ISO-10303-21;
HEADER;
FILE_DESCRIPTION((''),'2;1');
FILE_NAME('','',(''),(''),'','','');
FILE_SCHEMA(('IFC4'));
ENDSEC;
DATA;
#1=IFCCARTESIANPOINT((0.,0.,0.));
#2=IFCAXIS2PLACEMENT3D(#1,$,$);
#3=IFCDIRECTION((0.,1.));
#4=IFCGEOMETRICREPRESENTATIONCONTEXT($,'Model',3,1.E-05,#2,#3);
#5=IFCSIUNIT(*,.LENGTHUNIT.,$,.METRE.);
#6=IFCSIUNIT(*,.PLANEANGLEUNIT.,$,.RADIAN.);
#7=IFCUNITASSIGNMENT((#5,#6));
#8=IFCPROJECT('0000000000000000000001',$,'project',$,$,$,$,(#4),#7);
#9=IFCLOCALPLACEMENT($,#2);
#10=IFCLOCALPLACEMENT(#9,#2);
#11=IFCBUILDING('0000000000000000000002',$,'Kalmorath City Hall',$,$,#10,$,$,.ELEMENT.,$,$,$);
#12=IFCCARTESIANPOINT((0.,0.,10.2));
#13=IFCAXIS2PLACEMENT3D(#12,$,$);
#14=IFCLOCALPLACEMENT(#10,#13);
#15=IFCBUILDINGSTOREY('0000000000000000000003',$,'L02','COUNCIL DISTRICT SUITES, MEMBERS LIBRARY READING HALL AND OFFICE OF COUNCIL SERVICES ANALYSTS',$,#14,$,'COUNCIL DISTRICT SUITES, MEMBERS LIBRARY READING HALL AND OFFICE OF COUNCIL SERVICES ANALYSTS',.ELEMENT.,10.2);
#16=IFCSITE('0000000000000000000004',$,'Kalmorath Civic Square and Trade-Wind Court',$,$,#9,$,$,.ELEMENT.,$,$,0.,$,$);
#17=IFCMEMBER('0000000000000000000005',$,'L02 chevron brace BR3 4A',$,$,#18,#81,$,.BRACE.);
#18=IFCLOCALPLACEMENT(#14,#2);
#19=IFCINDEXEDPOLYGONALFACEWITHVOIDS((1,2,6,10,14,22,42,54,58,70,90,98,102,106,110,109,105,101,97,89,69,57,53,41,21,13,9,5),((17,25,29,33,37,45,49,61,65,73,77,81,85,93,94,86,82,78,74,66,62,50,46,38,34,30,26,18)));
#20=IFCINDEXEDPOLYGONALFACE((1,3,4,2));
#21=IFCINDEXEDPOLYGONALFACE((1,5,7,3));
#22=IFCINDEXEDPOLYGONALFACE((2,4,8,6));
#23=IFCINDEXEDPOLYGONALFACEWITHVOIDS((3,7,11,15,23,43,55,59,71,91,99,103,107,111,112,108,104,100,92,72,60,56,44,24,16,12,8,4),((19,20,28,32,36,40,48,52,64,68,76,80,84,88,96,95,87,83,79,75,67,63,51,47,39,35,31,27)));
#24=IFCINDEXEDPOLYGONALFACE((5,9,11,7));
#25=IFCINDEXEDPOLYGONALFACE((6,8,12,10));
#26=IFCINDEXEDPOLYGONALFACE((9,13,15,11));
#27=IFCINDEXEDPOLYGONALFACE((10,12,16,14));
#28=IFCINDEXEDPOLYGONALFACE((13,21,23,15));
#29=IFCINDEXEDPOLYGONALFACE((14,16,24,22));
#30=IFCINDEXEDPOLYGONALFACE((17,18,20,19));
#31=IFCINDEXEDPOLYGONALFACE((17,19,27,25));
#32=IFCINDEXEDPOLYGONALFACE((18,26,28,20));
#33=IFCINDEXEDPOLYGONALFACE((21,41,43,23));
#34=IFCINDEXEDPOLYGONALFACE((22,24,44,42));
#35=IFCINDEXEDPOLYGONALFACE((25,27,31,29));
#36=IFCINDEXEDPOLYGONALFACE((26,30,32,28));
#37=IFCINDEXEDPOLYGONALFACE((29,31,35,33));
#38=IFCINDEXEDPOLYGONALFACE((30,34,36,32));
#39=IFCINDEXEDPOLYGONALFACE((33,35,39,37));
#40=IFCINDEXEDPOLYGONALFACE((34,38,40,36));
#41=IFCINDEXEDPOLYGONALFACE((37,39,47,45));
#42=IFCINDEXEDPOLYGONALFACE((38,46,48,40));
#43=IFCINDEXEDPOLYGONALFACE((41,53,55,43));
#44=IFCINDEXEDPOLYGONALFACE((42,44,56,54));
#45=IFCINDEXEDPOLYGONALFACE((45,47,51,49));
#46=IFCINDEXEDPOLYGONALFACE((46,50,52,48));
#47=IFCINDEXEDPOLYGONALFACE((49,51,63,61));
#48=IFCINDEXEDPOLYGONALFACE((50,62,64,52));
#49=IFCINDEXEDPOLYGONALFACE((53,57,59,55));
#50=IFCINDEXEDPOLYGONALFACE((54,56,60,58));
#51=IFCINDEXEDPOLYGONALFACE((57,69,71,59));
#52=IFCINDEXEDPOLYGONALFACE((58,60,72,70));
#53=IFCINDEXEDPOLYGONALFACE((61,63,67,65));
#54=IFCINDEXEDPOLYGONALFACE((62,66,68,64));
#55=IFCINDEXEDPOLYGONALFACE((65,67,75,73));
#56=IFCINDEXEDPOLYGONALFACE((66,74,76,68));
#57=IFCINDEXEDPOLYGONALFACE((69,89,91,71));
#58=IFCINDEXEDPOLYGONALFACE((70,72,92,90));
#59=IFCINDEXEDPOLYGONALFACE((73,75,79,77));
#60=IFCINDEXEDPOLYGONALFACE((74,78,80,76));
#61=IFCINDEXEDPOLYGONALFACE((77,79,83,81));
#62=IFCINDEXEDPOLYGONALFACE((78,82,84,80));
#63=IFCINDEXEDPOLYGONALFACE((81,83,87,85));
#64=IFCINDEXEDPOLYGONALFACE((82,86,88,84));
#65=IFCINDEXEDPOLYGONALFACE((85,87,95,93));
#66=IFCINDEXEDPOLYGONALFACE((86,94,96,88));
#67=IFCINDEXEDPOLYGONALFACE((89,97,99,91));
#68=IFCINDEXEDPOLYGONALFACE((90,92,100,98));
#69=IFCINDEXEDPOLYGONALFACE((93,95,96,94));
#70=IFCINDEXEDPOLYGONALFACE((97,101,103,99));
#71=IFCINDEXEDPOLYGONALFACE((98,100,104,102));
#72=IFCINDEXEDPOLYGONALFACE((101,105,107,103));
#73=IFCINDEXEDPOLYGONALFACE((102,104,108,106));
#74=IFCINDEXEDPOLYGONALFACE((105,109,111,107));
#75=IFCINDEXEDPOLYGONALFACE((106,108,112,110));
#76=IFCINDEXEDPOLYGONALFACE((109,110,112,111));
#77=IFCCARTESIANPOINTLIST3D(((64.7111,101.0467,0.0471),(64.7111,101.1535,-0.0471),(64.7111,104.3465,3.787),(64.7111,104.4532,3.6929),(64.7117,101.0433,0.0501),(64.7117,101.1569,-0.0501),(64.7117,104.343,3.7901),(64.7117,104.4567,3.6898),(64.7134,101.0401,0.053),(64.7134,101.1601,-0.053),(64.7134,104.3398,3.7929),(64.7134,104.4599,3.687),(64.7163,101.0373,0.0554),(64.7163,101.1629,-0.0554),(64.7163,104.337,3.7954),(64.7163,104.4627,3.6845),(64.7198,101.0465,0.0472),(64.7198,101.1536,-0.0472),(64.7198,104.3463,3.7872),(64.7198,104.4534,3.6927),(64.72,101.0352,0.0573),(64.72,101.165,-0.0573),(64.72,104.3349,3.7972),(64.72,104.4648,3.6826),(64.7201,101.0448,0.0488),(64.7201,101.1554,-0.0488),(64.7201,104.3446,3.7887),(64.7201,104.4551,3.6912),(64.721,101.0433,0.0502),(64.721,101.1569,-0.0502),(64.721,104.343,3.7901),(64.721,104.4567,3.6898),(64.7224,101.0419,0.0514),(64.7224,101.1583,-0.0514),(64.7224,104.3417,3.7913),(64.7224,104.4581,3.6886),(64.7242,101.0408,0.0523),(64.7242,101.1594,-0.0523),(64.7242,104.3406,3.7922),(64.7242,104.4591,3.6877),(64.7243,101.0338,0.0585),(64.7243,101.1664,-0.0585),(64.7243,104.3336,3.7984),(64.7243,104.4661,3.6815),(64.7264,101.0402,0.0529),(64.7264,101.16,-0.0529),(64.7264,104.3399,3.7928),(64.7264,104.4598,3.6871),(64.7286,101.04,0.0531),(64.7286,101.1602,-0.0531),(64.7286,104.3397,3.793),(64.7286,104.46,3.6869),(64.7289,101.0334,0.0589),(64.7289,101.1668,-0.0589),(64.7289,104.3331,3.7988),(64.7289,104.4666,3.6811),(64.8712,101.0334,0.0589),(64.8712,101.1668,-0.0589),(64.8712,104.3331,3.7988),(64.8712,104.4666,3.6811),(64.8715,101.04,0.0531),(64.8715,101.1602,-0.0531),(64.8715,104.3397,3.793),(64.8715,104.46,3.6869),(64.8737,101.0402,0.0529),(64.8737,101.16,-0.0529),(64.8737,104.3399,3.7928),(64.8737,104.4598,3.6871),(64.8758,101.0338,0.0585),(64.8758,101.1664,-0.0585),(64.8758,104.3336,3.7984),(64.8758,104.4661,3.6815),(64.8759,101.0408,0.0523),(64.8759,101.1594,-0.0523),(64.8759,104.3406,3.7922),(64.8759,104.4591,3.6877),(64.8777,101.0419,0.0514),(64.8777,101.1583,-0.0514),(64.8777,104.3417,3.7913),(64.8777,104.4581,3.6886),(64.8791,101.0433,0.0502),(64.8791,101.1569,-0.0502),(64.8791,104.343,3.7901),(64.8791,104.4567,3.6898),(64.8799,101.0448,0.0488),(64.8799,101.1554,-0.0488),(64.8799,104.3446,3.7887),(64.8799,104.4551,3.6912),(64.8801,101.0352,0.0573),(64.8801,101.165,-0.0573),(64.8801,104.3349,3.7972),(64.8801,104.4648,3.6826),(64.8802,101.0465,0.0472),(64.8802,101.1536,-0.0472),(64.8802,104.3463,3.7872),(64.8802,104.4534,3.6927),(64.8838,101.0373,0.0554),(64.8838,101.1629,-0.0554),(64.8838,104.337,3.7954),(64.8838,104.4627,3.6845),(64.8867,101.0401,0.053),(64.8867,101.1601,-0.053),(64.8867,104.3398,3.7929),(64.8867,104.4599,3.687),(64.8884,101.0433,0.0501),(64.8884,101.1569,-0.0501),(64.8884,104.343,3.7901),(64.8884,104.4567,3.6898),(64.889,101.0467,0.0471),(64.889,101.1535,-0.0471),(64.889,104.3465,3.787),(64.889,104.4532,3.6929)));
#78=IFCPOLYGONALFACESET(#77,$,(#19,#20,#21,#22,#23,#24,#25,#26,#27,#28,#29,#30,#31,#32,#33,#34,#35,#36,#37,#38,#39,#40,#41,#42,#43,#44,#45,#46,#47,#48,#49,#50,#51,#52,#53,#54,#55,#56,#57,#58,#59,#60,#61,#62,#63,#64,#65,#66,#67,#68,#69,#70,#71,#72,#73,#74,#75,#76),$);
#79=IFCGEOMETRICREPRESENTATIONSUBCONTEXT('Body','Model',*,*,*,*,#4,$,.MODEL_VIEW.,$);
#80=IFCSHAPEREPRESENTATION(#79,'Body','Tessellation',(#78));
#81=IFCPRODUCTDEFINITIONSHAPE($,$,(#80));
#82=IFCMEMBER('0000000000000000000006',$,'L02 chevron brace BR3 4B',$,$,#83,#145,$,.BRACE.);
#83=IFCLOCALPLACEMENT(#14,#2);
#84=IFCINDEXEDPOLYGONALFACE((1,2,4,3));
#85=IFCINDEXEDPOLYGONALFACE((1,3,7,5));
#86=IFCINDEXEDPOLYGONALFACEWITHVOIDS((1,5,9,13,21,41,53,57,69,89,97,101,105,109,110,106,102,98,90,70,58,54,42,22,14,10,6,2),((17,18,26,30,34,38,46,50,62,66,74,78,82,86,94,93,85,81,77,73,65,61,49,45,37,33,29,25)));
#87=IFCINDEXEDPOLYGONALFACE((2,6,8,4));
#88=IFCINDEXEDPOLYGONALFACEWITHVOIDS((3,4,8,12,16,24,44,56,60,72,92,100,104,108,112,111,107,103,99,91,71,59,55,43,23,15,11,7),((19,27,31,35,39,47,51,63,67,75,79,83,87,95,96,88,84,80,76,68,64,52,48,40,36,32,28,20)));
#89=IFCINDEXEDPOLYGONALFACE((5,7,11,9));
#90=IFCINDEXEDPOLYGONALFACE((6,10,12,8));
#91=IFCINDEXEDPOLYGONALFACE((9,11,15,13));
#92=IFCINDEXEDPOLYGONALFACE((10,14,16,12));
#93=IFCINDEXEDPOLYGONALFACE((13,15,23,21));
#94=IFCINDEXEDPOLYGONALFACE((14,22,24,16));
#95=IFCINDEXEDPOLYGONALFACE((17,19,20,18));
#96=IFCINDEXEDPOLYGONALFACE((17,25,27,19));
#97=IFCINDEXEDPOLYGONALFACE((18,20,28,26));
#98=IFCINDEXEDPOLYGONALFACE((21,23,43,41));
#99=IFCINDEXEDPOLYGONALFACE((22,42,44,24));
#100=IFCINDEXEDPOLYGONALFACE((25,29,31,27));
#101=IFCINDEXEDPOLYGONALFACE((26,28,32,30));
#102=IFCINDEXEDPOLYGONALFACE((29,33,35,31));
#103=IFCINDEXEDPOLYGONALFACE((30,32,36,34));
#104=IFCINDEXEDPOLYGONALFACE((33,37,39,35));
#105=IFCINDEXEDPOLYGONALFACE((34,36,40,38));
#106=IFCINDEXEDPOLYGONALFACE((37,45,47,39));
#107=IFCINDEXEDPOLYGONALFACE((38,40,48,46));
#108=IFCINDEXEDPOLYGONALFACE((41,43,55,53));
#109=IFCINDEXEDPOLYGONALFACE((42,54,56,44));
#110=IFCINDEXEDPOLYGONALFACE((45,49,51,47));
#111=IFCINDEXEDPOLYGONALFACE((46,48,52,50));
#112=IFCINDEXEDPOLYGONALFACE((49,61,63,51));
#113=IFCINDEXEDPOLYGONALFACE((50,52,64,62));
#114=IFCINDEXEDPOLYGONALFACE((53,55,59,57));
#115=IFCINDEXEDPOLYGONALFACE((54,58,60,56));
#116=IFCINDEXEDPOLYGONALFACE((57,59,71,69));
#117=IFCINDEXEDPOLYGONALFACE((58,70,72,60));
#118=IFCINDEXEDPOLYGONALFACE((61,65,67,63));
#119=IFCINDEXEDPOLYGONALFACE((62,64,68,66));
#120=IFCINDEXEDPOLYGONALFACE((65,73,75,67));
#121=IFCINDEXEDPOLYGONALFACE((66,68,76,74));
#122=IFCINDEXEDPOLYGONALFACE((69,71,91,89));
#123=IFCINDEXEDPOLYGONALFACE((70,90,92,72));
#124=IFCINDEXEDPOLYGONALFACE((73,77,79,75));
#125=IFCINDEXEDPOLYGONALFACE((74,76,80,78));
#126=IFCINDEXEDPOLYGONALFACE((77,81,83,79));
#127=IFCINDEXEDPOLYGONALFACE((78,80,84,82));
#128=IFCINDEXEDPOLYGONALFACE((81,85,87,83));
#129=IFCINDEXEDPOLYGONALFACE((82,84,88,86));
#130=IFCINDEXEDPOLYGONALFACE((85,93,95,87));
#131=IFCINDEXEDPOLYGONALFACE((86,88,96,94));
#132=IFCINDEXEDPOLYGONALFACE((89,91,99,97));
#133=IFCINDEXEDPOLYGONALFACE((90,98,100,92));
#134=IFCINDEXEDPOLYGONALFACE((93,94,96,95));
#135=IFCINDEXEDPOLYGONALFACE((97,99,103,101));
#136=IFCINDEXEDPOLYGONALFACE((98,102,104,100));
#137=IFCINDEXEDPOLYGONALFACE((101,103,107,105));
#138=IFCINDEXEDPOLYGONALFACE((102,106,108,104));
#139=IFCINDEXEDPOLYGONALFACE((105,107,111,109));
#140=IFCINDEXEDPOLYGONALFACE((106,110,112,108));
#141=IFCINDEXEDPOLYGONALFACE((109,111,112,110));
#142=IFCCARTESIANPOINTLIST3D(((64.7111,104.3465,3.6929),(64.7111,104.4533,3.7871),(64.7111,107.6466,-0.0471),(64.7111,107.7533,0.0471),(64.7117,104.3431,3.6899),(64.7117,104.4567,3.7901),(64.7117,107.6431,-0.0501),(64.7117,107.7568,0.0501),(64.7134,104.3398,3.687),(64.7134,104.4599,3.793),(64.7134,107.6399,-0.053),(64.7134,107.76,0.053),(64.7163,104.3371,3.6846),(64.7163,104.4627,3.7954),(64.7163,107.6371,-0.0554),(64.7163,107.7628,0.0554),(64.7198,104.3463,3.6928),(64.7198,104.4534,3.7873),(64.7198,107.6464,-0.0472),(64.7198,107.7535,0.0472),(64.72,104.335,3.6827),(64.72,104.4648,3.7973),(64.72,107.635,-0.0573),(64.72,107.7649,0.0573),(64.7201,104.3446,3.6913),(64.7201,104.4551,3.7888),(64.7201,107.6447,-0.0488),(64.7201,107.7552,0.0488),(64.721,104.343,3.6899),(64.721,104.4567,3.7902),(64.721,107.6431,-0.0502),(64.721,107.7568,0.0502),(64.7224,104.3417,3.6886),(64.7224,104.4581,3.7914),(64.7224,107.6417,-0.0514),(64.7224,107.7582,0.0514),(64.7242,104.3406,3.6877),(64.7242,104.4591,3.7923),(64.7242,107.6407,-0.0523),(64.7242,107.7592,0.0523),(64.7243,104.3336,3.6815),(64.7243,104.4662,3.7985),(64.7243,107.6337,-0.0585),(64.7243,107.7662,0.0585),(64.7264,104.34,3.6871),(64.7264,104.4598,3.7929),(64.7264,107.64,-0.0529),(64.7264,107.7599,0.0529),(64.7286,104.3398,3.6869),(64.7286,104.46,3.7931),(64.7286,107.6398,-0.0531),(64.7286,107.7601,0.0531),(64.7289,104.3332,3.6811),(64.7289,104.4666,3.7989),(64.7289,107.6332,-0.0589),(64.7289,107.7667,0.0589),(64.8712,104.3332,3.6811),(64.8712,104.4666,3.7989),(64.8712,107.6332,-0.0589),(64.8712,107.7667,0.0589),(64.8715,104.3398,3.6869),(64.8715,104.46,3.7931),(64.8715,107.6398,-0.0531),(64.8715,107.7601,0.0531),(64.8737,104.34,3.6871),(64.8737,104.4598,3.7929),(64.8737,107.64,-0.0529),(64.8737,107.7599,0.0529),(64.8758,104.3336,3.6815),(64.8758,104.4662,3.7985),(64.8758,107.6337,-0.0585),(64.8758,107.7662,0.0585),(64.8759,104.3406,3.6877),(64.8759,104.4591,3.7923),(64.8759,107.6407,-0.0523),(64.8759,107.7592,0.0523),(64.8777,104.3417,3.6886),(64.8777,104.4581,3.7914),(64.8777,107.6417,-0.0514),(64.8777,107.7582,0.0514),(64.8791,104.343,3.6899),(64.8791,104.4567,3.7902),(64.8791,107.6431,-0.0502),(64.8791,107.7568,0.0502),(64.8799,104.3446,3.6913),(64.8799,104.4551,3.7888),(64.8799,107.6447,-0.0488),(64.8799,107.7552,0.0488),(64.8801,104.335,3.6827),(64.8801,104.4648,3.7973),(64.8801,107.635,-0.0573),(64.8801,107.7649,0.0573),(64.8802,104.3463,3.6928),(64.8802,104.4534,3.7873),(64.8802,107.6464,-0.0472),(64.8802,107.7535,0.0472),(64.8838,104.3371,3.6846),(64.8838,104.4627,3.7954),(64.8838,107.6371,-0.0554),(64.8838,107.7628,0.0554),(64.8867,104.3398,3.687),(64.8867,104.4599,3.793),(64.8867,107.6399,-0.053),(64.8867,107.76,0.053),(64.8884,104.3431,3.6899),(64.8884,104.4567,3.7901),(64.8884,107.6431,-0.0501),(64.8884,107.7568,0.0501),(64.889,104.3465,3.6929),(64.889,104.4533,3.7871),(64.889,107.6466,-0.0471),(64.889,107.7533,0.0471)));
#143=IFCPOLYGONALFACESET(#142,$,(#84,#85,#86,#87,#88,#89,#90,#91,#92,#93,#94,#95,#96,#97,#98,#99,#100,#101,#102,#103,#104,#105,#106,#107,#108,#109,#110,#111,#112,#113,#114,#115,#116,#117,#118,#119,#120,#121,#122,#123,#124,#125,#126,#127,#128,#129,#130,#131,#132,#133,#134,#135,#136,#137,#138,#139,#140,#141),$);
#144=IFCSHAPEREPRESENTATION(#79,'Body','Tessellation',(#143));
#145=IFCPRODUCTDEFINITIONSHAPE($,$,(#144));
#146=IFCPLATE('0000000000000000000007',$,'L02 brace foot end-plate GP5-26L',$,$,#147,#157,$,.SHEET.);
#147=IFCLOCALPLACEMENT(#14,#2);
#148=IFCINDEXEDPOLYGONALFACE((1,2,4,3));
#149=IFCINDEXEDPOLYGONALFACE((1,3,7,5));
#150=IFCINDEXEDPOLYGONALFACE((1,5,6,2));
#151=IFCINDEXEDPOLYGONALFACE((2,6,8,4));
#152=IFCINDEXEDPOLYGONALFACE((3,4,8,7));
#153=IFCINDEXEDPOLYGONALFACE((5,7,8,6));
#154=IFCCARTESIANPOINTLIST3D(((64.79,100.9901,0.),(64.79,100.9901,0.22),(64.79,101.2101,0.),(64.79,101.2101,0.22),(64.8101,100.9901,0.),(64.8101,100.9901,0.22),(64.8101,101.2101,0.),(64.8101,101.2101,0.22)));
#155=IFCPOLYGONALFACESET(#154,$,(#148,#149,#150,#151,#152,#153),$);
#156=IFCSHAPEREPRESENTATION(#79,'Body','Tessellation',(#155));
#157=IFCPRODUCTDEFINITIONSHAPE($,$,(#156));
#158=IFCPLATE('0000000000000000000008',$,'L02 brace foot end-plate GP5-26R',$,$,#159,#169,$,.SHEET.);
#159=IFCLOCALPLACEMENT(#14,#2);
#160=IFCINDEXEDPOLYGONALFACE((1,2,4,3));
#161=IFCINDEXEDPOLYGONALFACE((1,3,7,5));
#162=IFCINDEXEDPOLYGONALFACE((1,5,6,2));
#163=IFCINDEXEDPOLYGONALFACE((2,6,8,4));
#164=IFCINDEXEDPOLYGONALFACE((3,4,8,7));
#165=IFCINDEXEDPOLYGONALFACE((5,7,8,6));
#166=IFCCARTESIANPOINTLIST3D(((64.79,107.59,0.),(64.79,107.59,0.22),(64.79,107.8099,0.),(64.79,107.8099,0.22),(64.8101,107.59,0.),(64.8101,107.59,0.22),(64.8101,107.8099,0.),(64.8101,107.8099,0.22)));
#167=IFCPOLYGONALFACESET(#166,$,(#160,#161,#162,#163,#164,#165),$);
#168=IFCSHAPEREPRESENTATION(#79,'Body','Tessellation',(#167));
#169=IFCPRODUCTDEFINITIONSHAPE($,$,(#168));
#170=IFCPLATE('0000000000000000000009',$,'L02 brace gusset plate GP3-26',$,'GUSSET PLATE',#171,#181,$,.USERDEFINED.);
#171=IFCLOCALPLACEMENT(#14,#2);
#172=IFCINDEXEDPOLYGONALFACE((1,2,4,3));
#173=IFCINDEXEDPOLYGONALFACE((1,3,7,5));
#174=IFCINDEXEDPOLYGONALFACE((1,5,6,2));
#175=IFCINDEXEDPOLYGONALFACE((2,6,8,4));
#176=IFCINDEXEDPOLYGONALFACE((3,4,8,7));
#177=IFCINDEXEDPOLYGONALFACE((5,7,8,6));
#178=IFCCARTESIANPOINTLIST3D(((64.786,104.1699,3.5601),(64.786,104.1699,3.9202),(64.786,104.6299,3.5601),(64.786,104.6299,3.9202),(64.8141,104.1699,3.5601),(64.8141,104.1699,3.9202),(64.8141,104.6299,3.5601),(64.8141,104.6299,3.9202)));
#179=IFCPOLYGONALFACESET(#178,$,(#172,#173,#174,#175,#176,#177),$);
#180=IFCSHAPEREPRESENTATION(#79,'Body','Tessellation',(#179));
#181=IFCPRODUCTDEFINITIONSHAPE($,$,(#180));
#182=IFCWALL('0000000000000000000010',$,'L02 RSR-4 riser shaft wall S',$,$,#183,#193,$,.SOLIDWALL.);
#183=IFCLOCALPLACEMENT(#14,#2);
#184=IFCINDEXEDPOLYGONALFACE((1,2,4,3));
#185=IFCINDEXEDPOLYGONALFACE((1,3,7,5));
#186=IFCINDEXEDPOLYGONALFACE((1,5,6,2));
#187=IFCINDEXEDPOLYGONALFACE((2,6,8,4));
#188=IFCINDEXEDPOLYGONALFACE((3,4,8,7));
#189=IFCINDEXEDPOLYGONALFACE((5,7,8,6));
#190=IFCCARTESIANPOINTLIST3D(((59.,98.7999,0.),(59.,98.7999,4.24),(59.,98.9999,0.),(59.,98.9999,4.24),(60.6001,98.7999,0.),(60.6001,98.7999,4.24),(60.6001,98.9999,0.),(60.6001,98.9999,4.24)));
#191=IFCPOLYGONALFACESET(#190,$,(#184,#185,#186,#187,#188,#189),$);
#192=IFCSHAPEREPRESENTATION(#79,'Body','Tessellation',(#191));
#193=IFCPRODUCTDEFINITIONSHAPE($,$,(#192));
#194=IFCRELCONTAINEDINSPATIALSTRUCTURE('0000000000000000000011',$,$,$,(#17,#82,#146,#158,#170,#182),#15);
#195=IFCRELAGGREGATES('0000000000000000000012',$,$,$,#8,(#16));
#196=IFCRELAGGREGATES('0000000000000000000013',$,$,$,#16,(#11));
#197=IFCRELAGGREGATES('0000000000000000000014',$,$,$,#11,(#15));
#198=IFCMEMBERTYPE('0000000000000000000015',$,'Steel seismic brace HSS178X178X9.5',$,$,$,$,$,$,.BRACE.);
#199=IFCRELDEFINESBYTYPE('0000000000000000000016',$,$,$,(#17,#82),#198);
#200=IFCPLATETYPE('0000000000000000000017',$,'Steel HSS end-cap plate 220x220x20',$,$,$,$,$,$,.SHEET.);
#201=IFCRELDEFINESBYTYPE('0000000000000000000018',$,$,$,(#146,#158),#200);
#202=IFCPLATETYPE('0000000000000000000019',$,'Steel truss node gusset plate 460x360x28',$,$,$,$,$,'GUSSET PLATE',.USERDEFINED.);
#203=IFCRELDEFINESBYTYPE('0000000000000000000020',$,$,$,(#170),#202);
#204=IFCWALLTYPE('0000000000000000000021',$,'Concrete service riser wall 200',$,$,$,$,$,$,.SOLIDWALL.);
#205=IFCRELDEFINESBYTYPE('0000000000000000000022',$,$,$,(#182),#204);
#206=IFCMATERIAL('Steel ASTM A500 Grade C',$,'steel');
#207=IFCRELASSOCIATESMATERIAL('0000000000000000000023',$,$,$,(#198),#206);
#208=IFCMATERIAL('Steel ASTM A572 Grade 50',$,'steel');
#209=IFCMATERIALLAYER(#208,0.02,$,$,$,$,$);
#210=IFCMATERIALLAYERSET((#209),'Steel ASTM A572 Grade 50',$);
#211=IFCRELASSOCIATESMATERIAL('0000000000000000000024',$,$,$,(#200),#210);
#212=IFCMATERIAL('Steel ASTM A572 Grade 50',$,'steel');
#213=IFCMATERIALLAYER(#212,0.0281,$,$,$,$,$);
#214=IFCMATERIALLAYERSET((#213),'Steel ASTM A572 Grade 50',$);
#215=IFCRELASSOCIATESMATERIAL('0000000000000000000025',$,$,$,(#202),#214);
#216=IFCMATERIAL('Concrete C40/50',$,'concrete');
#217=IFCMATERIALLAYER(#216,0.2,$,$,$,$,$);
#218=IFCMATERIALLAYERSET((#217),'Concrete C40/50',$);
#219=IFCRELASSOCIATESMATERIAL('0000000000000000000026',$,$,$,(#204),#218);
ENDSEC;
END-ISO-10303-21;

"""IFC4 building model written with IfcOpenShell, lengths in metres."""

from ifc_helpers import new_model, si_unit, direction, frame, frame_2d, origin, origin_2d, place, context, subcontext, project, spatial, rectangle, hollow_rectangle, extrude, material, layer, layer_set, material_profile, profile_set, type_object, element, save


model = new_model("IFC4")

# Units and contexts
model_context = context("Model", 3, precision=1e-05, world=origin(), true_north=direction((0.0, 1.0)))
body_context = subcontext(model_context, "Body", "Model", "MODEL_VIEW")
ifc_project = project(units=[si_unit("LENGTHUNIT", "METRE"), si_unit("PLANEANGLEUNIT", "RADIAN")], contexts=[model_context])

# Site, building, storey
site_placement = place(None, origin())
site = spatial("IfcSite", under=ifc_project, at=site_placement, Name="Kalmorath Civic Square and Trade-Wind Court", CompositionType="ELEMENT", RefElevation=0.0)
building_placement = place(site_placement, origin())
building = spatial("IfcBuilding", under=site, at=building_placement, Name="Kalmorath City Hall", CompositionType="ELEMENT")
storey_placement = place(building_placement, frame((0.0, 0.0, 10.2)))
storey = spatial("IfcBuildingStorey", under=building, at=storey_placement, Name="L02", Description="COUNCIL DISTRICT SUITES, MEMBERS LIBRARY READING HALL AND OFFICE OF COUNCIL SERVICES ANALYSTS", LongName="COUNCIL DISTRICT SUITES, MEMBERS LIBRARY READING HALL AND OFFICE OF COUNCIL SERVICES ANALYSTS", CompositionType="ELEMENT", Elevation=10.2)

# Members
ifc_material_1 = material(Name="Steel ASTM A500 Grade C", Category="steel")
ifc_material_profile_1 = material_profile(ifc_material_1, hollow_rectangle(XDim=0.178, YDim=0.178, WallThickness=0.0088, InnerFilletRadius=0.0088, OuterFilletRadius=0.0178, at=origin_2d()), Name="HSS178X178X9.5")
ifc_profile_set_1 = profile_set([ifc_material_profile_1], Name="Steel ASTM A500 Grade C")
member_type = type_object("IfcMemberType", Name="Steel seismic brace HSS178X178X9.5", PredefinedType="BRACE", material=ifc_profile_set_1)
member_1_placement = place(storey_placement, frame((64.8, 101.1001, 0.0), z_axis=(0.0, 0.661601, 0.749856), x_axis=(-1.0, 0.0, 0.0)))
element("IfcMember", 1, at=member_1_placement, inside=storey, type_object=member_type, Name="L02 chevron brace BR3 4A", PredefinedType="BRACE", context=body_context, shape_type="SweptSolid", body=[
    extrude(hollow_rectangle(XDim=0.178, YDim=0.178, WallThickness=0.0088, InnerFilletRadius=0.0088, OuterFilletRadius=0.0178, at=origin_2d()), origin(), (0.0, 0.0, 1.0), 4.9875),
])
member_2_placement = place(storey_placement, frame((64.8, 107.7, 0.0), z_axis=(0.0, -0.661628, 0.749832), x_axis=(1.0, 0.0, 0.0)))
element("IfcMember", 2, at=member_2_placement, inside=storey, type_object=member_type, Name="L02 chevron brace BR3 4B", PredefinedType="BRACE", context=body_context, shape_type="SweptSolid", body=[
    extrude(hollow_rectangle(XDim=0.178, YDim=0.178, WallThickness=0.0088, InnerFilletRadius=0.0088, OuterFilletRadius=0.0178, at=origin_2d()), origin(), (0.0, 0.0, 1.0), 4.9878),
])

# Plates
ifc_material_2 = material(Name="Steel ASTM A572 Grade 50", Category="steel")
ifc_layer_1 = layer(ifc_material_2, 0.02)
ifc_layer_set_1 = layer_set([ifc_layer_1], Name="Steel ASTM A572 Grade 50")
plate_type_1 = type_object("IfcPlateType", Name="Steel HSS end-cap plate 220x220x20", PredefinedType="SHEET", material=ifc_layer_set_1)
for number, where, z_axis, x_axis, name in (
    (3, (64.8, 101.1001, 0.0), (0.0, 0.0, 1.0), (0.0, 1.0, 0.0), "L02 brace foot end-plate GP5-26L"),
    (4, (64.8, 107.7, 0.0), (0.0, 0.0, 1.0), (0.0, 1.0, 0.0), "L02 brace foot end-plate GP5-26R"),
):
    element("IfcPlate", number, at=place(storey_placement, frame(where, z_axis=z_axis, x_axis=x_axis)), inside=storey, type_object=plate_type_1, Name=name, PredefinedType="SHEET", context=body_context, shape_type="SweptSolid", body=[
        extrude(rectangle(XDim=0.22, YDim=0.02, at=origin_2d()), origin(), (0.0, 0.0, 1.0), 0.22),
    ])
ifc_material_3 = material(Name="Steel ASTM A572 Grade 50", Category="steel")
ifc_layer_2 = layer(ifc_material_3, 0.0281)
ifc_layer_set_2 = layer_set([ifc_layer_2], Name="Steel ASTM A572 Grade 50")
plate_type_2 = type_object("IfcPlateType", Name="Steel truss node gusset plate 460x360x28", ElementType="GUSSET PLATE", PredefinedType="USERDEFINED", material=ifc_layer_set_2)
plate_placement = place(storey_placement, frame((64.8, 104.3999, 3.5601), z_axis=(0.0, 0.0, 1.0), x_axis=(0.0, 1.0, 0.0)))
element("IfcPlate", 5, at=plate_placement, inside=storey, type_object=plate_type_2, Name="L02 brace gusset plate GP3-26", ObjectType="GUSSET PLATE", PredefinedType="USERDEFINED", context=body_context, shape_type="SweptSolid", body=[
    extrude(rectangle(XDim=0.46, YDim=0.0281, at=origin_2d()), origin(), (0.0, 0.0, 1.0), 0.3601),
])

# Wall
ifc_material_4 = material(Name="Concrete C40/50", Category="concrete")
ifc_layer_3 = layer(ifc_material_4, 0.2)
ifc_layer_set_3 = layer_set([ifc_layer_3], Name="Concrete C40/50")
wall_type_1 = type_object("IfcWallType", Name="Concrete service riser wall 200", PredefinedType="SOLIDWALL", material=ifc_layer_set_3)
for number, where, z_axis, x_axis, name in (
    (6, (59.0, 98.8999, 0.0), (0.0, 0.0, 1.0), (1.0, 0.0, 0.0), "L02 RSR-4 riser shaft wall S"),
):
    element("IfcWall", number, at=place(storey_placement, frame(where, z_axis=z_axis, x_axis=x_axis)), inside=storey, type_object=wall_type_1, Name=name, PredefinedType="SOLIDWALL", context=body_context, shape_type="SweptSolid", body=[
        extrude(rectangle(XDim=1.6001, YDim=0.2, at=frame_2d((0.8, 0.0))), origin(), (0.0, 0.0, 1.0), 4.24),
    ])

save(model, "model.ifc")
